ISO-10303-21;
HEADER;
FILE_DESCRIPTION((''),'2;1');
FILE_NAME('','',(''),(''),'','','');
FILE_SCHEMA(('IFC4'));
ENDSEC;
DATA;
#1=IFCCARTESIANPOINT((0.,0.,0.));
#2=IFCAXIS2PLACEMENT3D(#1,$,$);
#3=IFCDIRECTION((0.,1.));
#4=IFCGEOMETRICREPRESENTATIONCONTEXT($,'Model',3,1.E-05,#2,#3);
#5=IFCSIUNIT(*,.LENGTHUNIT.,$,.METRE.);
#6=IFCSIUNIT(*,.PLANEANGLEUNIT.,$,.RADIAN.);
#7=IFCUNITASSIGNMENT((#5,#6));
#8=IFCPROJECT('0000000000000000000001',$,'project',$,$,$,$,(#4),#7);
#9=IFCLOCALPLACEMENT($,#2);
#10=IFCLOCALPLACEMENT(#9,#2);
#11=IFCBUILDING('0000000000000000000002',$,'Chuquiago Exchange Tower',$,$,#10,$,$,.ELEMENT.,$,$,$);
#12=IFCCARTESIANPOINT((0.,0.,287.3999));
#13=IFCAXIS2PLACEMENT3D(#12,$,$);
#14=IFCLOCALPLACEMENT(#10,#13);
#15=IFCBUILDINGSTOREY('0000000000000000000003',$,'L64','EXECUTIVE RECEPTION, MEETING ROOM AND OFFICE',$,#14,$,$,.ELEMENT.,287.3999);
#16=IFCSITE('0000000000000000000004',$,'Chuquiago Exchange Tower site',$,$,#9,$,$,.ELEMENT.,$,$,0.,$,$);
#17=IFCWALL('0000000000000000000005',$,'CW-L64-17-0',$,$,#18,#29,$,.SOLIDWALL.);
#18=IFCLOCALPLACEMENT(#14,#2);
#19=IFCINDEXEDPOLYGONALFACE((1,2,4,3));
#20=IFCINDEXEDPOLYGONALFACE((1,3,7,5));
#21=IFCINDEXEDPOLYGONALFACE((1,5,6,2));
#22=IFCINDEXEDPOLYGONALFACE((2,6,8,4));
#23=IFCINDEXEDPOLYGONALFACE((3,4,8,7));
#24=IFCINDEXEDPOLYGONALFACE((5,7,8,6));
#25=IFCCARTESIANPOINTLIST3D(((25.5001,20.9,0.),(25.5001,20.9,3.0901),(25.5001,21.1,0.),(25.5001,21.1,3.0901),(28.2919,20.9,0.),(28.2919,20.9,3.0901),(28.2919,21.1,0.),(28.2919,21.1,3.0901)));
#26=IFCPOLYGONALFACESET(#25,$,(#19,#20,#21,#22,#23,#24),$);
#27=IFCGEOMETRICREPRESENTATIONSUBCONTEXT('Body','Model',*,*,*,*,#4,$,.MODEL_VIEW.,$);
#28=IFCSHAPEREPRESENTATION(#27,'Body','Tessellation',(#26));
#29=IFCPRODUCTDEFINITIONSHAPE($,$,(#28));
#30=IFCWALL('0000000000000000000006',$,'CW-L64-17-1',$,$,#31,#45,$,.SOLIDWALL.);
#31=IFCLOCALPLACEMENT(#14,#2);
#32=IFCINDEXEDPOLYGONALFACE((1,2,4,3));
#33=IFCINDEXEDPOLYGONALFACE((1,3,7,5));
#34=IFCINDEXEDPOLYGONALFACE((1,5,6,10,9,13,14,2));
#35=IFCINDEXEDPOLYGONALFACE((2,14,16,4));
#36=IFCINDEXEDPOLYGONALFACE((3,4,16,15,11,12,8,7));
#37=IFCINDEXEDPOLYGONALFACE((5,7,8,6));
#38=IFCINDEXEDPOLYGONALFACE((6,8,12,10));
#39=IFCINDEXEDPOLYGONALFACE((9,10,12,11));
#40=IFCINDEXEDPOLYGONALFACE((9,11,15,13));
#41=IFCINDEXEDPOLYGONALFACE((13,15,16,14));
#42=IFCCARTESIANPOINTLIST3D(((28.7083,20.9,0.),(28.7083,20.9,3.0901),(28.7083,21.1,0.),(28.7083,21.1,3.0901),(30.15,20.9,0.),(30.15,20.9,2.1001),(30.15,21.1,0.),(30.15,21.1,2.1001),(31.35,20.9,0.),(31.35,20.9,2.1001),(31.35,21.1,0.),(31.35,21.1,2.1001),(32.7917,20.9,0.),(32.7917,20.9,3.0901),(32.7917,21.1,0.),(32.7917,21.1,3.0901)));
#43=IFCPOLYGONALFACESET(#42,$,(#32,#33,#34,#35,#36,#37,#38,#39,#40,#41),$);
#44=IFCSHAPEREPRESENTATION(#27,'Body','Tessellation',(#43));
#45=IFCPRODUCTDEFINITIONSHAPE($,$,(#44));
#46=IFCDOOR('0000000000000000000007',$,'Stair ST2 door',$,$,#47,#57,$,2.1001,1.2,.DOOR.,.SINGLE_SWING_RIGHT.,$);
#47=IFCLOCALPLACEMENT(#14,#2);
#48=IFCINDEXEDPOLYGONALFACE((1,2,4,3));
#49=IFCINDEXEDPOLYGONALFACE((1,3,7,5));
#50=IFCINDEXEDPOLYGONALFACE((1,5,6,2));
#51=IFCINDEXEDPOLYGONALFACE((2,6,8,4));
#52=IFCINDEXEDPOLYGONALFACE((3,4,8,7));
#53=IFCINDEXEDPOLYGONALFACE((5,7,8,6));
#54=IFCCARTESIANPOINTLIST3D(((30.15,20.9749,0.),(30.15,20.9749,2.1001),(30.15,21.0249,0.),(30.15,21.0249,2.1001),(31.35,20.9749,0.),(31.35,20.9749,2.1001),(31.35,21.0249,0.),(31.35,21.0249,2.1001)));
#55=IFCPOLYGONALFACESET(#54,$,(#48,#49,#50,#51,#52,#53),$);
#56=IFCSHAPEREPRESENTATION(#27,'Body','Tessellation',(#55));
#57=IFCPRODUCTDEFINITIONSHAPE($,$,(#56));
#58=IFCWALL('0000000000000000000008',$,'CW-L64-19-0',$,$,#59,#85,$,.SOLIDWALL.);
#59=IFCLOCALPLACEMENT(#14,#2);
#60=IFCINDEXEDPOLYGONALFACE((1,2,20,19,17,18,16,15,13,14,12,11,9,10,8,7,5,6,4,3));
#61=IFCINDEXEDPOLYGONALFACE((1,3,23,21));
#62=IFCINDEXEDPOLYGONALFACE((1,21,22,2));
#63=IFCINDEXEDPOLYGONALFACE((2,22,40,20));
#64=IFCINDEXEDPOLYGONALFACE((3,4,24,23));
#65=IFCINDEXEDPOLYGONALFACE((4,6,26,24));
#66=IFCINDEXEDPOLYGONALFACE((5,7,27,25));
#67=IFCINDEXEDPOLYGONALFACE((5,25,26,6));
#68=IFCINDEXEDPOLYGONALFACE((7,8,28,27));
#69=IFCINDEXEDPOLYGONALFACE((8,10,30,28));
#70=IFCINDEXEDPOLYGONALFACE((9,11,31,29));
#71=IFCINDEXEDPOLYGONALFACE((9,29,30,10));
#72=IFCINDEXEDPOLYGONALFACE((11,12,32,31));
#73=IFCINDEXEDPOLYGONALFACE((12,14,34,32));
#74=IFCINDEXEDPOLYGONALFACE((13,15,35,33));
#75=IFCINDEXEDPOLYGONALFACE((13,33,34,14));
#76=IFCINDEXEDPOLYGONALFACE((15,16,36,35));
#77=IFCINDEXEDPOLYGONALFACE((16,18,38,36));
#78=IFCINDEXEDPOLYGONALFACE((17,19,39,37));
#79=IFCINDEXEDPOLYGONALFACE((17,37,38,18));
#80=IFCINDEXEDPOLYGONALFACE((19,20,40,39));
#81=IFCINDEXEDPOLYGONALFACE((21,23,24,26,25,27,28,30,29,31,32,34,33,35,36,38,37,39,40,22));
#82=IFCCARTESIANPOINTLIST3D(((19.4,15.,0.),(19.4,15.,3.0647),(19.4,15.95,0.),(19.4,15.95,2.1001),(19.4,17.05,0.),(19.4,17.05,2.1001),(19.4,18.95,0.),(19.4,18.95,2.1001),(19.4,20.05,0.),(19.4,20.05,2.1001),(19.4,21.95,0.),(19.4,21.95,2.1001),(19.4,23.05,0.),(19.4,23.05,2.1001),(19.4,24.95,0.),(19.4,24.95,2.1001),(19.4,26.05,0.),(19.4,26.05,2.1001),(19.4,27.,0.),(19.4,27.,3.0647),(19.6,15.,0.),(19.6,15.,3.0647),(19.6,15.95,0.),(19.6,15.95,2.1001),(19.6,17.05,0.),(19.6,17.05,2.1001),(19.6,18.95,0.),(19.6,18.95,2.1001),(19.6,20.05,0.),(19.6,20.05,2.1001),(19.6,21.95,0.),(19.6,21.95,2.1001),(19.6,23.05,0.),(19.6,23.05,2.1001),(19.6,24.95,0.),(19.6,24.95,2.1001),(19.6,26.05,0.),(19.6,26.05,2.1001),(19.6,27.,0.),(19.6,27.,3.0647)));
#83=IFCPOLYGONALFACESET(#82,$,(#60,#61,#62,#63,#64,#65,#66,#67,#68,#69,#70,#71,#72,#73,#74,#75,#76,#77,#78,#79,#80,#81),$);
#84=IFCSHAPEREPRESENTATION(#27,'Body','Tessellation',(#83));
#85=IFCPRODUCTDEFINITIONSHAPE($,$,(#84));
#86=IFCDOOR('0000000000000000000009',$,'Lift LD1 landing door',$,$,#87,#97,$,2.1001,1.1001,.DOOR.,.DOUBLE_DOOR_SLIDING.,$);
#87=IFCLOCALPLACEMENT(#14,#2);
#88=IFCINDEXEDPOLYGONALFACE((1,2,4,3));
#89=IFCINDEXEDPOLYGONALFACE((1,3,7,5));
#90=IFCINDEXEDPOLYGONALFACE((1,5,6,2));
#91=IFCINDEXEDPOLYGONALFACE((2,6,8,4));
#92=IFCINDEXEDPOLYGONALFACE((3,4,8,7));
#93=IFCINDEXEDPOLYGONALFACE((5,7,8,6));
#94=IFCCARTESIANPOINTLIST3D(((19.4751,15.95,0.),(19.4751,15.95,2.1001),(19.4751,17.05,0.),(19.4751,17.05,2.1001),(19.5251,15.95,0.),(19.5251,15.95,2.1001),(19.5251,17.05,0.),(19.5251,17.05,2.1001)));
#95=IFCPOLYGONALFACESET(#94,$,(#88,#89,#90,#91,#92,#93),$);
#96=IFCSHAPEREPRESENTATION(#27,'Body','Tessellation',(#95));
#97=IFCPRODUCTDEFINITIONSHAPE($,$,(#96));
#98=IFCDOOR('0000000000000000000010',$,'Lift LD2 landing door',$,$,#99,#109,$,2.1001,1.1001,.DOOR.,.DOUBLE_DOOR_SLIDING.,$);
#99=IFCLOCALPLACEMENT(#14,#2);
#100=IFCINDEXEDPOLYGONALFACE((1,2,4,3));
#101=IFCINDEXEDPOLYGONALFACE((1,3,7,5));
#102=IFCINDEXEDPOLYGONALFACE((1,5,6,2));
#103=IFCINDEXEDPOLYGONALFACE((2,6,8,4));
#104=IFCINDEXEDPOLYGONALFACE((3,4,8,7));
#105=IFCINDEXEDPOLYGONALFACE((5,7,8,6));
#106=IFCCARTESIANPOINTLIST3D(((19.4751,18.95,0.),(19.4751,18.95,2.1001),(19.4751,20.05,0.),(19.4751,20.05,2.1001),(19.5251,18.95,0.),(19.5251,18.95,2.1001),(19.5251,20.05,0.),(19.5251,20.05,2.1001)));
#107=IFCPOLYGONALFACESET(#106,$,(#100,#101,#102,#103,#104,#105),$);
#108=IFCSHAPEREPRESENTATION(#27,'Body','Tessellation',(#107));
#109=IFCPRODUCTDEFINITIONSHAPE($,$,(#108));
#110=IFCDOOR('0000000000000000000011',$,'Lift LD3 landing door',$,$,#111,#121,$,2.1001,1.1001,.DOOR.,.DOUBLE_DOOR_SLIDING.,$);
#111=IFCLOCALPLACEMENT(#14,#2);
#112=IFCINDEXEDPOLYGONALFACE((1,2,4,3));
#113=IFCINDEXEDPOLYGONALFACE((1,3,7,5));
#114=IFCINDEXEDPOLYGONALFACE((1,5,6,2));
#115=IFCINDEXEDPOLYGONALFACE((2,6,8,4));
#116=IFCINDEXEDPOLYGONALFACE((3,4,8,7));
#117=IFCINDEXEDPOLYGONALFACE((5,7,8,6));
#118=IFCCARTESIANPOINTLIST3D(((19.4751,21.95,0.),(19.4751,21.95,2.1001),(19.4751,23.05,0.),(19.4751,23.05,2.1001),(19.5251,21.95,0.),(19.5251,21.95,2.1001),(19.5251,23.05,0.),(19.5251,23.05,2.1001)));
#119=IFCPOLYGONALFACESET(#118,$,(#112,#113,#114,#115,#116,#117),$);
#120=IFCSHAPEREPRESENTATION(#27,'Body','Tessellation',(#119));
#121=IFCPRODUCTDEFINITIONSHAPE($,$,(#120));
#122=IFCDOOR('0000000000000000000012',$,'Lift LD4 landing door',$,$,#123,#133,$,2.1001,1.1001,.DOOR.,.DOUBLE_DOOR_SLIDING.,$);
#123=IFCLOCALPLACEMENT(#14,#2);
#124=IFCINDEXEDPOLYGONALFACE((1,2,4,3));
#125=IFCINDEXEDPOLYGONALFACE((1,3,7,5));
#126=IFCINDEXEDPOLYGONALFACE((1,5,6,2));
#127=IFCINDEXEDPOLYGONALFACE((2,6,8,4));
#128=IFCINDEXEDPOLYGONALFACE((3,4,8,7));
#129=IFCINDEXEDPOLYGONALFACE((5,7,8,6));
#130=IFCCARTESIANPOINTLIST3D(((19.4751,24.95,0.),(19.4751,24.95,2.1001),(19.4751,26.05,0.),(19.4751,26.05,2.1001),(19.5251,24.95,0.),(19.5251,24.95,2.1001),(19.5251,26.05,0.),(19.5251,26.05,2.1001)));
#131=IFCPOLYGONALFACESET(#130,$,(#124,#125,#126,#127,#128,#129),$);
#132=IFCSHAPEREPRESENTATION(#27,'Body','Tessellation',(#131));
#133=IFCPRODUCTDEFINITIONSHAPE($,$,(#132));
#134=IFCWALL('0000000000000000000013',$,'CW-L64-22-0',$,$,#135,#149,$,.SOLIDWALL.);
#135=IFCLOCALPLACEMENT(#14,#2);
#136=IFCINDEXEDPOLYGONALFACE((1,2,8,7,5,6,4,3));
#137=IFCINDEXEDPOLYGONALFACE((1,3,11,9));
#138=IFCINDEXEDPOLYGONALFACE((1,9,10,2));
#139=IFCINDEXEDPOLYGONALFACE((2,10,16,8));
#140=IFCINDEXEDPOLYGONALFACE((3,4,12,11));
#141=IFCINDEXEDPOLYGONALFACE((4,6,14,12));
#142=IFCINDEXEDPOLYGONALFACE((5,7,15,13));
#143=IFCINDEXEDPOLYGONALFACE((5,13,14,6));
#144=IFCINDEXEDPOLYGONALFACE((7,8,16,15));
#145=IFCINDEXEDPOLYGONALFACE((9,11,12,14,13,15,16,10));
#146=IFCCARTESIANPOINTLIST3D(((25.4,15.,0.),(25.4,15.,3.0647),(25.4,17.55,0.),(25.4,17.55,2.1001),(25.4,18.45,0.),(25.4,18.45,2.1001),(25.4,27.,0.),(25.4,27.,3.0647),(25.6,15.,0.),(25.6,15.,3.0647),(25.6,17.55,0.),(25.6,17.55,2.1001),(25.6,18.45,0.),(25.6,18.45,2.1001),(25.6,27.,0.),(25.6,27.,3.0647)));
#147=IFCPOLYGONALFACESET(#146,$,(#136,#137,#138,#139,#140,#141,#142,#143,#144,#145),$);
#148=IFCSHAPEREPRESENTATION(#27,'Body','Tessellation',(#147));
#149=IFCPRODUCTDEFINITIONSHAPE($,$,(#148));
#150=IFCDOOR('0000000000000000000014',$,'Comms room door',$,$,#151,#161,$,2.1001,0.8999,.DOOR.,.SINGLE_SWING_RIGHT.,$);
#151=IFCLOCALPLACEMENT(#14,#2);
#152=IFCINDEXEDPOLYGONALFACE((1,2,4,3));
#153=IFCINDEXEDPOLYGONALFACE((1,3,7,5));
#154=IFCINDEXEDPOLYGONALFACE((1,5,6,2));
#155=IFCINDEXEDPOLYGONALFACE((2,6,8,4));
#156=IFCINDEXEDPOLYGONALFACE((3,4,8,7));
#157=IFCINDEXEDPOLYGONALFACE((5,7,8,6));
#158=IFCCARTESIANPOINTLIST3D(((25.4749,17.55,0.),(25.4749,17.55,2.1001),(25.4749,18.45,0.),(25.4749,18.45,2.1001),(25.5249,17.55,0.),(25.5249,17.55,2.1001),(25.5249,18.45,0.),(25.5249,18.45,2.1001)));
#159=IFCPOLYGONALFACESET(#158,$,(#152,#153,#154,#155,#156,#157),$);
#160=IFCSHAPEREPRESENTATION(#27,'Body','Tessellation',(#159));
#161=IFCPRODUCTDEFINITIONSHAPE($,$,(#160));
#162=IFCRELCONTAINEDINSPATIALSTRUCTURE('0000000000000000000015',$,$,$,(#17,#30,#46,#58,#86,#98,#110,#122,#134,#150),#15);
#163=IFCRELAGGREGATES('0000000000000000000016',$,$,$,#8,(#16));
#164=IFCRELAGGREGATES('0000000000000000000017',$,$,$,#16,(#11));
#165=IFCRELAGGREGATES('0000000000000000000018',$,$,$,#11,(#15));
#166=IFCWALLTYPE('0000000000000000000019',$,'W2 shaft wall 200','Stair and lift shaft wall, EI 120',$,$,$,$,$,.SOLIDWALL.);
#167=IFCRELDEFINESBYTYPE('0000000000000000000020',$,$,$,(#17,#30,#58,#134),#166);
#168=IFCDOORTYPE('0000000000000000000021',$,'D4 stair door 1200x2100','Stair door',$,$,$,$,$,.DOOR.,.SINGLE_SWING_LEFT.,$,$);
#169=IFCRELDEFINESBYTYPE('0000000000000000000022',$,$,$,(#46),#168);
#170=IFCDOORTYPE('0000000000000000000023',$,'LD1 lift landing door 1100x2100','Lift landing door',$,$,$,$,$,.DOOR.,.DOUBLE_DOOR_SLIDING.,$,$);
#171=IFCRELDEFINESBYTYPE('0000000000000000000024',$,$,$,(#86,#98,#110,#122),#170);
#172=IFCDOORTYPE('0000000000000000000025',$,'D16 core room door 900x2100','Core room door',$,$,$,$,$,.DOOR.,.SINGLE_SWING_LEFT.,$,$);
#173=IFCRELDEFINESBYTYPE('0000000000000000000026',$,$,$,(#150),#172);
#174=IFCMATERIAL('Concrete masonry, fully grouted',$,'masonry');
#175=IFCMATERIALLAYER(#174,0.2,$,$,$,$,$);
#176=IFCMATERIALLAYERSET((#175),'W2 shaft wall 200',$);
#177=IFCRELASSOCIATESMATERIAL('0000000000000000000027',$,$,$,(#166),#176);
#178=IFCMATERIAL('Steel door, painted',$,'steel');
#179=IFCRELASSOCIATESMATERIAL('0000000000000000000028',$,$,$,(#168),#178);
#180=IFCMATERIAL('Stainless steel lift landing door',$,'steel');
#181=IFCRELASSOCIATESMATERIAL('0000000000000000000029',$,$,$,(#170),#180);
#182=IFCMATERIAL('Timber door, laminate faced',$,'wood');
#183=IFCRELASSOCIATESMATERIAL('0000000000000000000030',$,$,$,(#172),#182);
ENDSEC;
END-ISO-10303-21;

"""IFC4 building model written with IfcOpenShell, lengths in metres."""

from ifc_helpers import new_model, si_unit, direction, frame, frame_2d, origin, place, context, subcontext, project, spatial, rectangle, extrude, material, layer, layer_set, type_object, element, fill, save


model = new_model("IFC4")

# Units and contexts
model_context = context("Model", 3, precision=1e-05, world=origin(), true_north=direction((0.0, 1.0)))
body_context = subcontext(model_context, "Body", "Model", "MODEL_VIEW")
ifc_project = project(units=[si_unit("LENGTHUNIT", "METRE"), si_unit("PLANEANGLEUNIT", "RADIAN")], contexts=[model_context])

# Site, building, storey
site_placement = place(None, origin())
site = spatial("IfcSite", under=ifc_project, at=site_placement, Name="Chuquiago Exchange Tower site", CompositionType="ELEMENT", RefElevation=0.0)
building_placement = place(site_placement, origin())
building = spatial("IfcBuilding", under=site, at=building_placement, Name="Chuquiago Exchange Tower", CompositionType="ELEMENT")
storey_placement = place(building_placement, frame((0.0, 0.0, 287.3999)))
storey = spatial("IfcBuildingStorey", under=building, at=storey_placement, Name="L64", Description="EXECUTIVE RECEPTION, MEETING ROOM AND OFFICE", CompositionType="ELEMENT", Elevation=287.3999)

# Shared definitions
ifc_material_1 = material(Name="Concrete masonry, fully grouted", Category="masonry")
ifc_layer = layer(ifc_material_1, 0.2)
ifc_layer_set = layer_set([ifc_layer], Name="W2 shaft wall 200")
wall_type = type_object("IfcWallType", Name="W2 shaft wall 200", Description="Stair and lift shaft wall, EI 120", PredefinedType="SOLIDWALL", material=ifc_layer_set)

# Wall
wall_1_placement = place(storey_placement, frame((25.5, 21.0, 0.0), z_axis=(0.0, 0.0, 1.0), x_axis=(1.0, 0.0, 0.0)))
element("IfcWall", 1, at=wall_1_placement, inside=storey, type_object=wall_type, Name="CW-L64-17-0", PredefinedType="SOLIDWALL", context=body_context, shape_type="SweptSolid", body=[
    extrude(rectangle(XDim=2.7917, YDim=0.2, at=frame_2d((1.396, 0.0))), origin(), (0.0, 0.0, 1.0), 3.0901),
])

# Wall, opening, door
wall_2_placement = place(storey_placement, frame((28.7083, 21.0, 0.0), z_axis=(0.0, 0.0, 1.0), x_axis=(1.0, 0.0, 0.0)))
wall_2 = element("IfcWall", 2, at=wall_2_placement, inside=storey, type_object=wall_type, Name="CW-L64-17-1", PredefinedType="SOLIDWALL", context=body_context, shape_type="SweptSolid", body=[
    extrude(rectangle(XDim=4.0835, YDim=0.2, at=frame_2d((2.0417, 0.0))), origin(), (0.0, 0.0, 1.0), 3.0901),
])
opening_1_placement = place(wall_2_placement, frame((1.4417, 0.0, 0.0)))
opening_1 = element("IfcOpeningElement", 3, at=opening_1_placement, cuts=wall_2, PredefinedType="OPENING", context=body_context, shape_type="SweptSolid", body=[
    extrude(rectangle(XDim=1.2, YDim=2.1001, at=frame_2d((0.6001, 1.05))), frame((0.0, 0.1099, 0.0), z_axis=(0.0, -1.0, 0.0), x_axis=(1.0, 0.0, 0.0)), (0.0, 0.0, 1.0), 0.22),
])
ifc_material_2 = material(Name="Steel door, painted", Category="steel")
door_type_1 = type_object("IfcDoorType", Name="D4 stair door 1200x2100", Description="Stair door", OperationType="SINGLE_SWING_LEFT", PredefinedType="DOOR", material=ifc_material_2)
door_1_placement = place(opening_1_placement, origin())
door_1 = element("IfcDoor", 4, at=door_1_placement, inside=storey, type_object=door_type_1, Name="Stair ST2 door", OperationType="SINGLE_SWING_RIGHT", OverallHeight=2.1001, OverallWidth=1.2, PredefinedType="DOOR", context=body_context, shape_type="SweptSolid", body=[
    extrude(rectangle(XDim=1.2, YDim=2.1001, at=frame_2d((0.6001, 1.05))), frame((0.0, 0.0249, 0.0), z_axis=(0.0, -1.0, 0.0), x_axis=(1.0, 0.0, 0.0)), (0.0, 0.0, 1.0), 0.05),
])
fill(opening_1, door_1)

# Wall, openings, doors
wall_3_placement = place(storey_placement, frame((19.5, 15.0, 0.0), z_axis=(0.0, 0.0, 1.0), x_axis=(0.0, 1.0, 0.0)))
wall_3 = element("IfcWall", 5, at=wall_3_placement, inside=storey, type_object=wall_type, Name="CW-L64-19-0", PredefinedType="SOLIDWALL", context=body_context, shape_type="SweptSolid", body=[
    extrude(rectangle(XDim=12.0, YDim=0.2, at=frame_2d((6.0, 0.0))), origin(), (0.0, 0.0, 1.0), 3.0647),
])
opening_2_placement = place(wall_3_placement, frame((0.95, 0.0, 0.0)))
opening_2 = element("IfcOpeningElement", 6, at=opening_2_placement, cuts=wall_3, PredefinedType="OPENING", context=body_context, shape_type="SweptSolid", body=[
    extrude(rectangle(XDim=1.1001, YDim=2.1001, at=frame_2d((0.55, 1.05))), frame((0.0, 0.1099, 0.0), z_axis=(0.0, -1.0, 0.0), x_axis=(1.0, 0.0, 0.0)), (0.0, 0.0, 1.0), 0.22),
])
opening_3_placement = place(wall_3_placement, frame((3.95, 0.0, 0.0)))
opening_3 = element("IfcOpeningElement", 7, at=opening_3_placement, cuts=wall_3, PredefinedType="OPENING", context=body_context, shape_type="SweptSolid", body=[
    extrude(rectangle(XDim=1.1001, YDim=2.1001, at=frame_2d((0.55, 1.05))), frame((0.0, 0.1099, 0.0), z_axis=(0.0, -1.0, 0.0), x_axis=(1.0, 0.0, 0.0)), (0.0, 0.0, 1.0), 0.22),
])
opening_4_placement = place(wall_3_placement, frame((6.95, 0.0, 0.0)))
opening_4 = element("IfcOpeningElement", 8, at=opening_4_placement, cuts=wall_3, PredefinedType="OPENING", context=body_context, shape_type="SweptSolid", body=[
    extrude(rectangle(XDim=1.1001, YDim=2.1001, at=frame_2d((0.55, 1.05))), frame((0.0, 0.1099, 0.0), z_axis=(0.0, -1.0, 0.0), x_axis=(1.0, 0.0, 0.0)), (0.0, 0.0, 1.0), 0.22),
])
opening_5_placement = place(wall_3_placement, frame((9.95, 0.0, 0.0)))
opening_5 = element("IfcOpeningElement", 9, at=opening_5_placement, cuts=wall_3, PredefinedType="OPENING", context=body_context, shape_type="SweptSolid", body=[
    extrude(rectangle(XDim=1.1001, YDim=2.1001, at=frame_2d((0.55, 1.05))), frame((0.0, 0.1099, 0.0), z_axis=(0.0, -1.0, 0.0), x_axis=(1.0, 0.0, 0.0)), (0.0, 0.0, 1.0), 0.22),
])
ifc_material_3 = material(Name="Stainless steel lift landing door", Category="steel")
door_type_2 = type_object("IfcDoorType", Name="LD1 lift landing door 1100x2100", Description="Lift landing door", OperationType="DOUBLE_DOOR_SLIDING", PredefinedType="DOOR", material=ifc_material_3)
door_2_placement = place(opening_2_placement, origin())
door_2 = element("IfcDoor", 10, at=door_2_placement, inside=storey, type_object=door_type_2, Name="Lift LD1 landing door", OperationType="DOUBLE_DOOR_SLIDING", OverallHeight=2.1001, OverallWidth=1.1001, PredefinedType="DOOR", context=body_context, shape_type="SweptSolid", body=[
    extrude(rectangle(XDim=1.1001, YDim=2.1001, at=frame_2d((0.55, 1.05))), frame((0.0, 0.0249, 0.0), z_axis=(0.0, -1.0, 0.0), x_axis=(1.0, 0.0, 0.0)), (0.0, 0.0, 1.0), 0.05),
])
fill(opening_2, door_2)
door_3_placement = place(opening_3_placement, origin())
door_3 = element("IfcDoor", 11, at=door_3_placement, inside=storey, type_object=door_type_2, Name="Lift LD2 landing door", OperationType="DOUBLE_DOOR_SLIDING", OverallHeight=2.1001, OverallWidth=1.1001, PredefinedType="DOOR", context=body_context, shape_type="SweptSolid", body=[
    extrude(rectangle(XDim=1.1001, YDim=2.1001, at=frame_2d((0.55, 1.05))), frame((0.0, 0.0249, 0.0), z_axis=(0.0, -1.0, 0.0), x_axis=(1.0, 0.0, 0.0)), (0.0, 0.0, 1.0), 0.05),
])
fill(opening_3, door_3)
door_4_placement = place(opening_4_placement, origin())
door_4 = element("IfcDoor", 12, at=door_4_placement, inside=storey, type_object=door_type_2, Name="Lift LD3 landing door", OperationType="DOUBLE_DOOR_SLIDING", OverallHeight=2.1001, OverallWidth=1.1001, PredefinedType="DOOR", context=body_context, shape_type="SweptSolid", body=[
    extrude(rectangle(XDim=1.1001, YDim=2.1001, at=frame_2d((0.55, 1.05))), frame((0.0, 0.0249, 0.0), z_axis=(0.0, -1.0, 0.0), x_axis=(1.0, 0.0, 0.0)), (0.0, 0.0, 1.0), 0.05),
])
fill(opening_4, door_4)
door_5_placement = place(opening_5_placement, origin())
door_5 = element("IfcDoor", 13, at=door_5_placement, inside=storey, type_object=door_type_2, Name="Lift LD4 landing door", OperationType="DOUBLE_DOOR_SLIDING", OverallHeight=2.1001, OverallWidth=1.1001, PredefinedType="DOOR", context=body_context, shape_type="SweptSolid", body=[
    extrude(rectangle(XDim=1.1001, YDim=2.1001, at=frame_2d((0.55, 1.05))), frame((0.0, 0.0249, 0.0), z_axis=(0.0, -1.0, 0.0), x_axis=(1.0, 0.0, 0.0)), (0.0, 0.0, 1.0), 0.05),
])
fill(opening_5, door_5)

# Wall, opening, door
wall_4_placement = place(storey_placement, frame((25.5, 15.0, 0.0), z_axis=(0.0, 0.0, 1.0), x_axis=(0.0, 1.0, 0.0)))
wall_4 = element("IfcWall", 14, at=wall_4_placement, inside=storey, type_object=wall_type, Name="CW-L64-22-0", PredefinedType="SOLIDWALL", context=body_context, shape_type="SweptSolid", body=[
    extrude(rectangle(XDim=12.0, YDim=0.2, at=frame_2d((6.0, 0.0))), origin(), (0.0, 0.0, 1.0), 3.0647),
])
opening_6_placement = place(wall_4_placement, frame((2.55, 0.0, 0.0)))
opening_6 = element("IfcOpeningElement", 15, at=opening_6_placement, cuts=wall_4, PredefinedType="OPENING", context=body_context, shape_type="SweptSolid", body=[
    extrude(rectangle(XDim=0.8999, YDim=2.1001, at=frame_2d((0.45, 1.05))), frame((0.0, 0.1099, 0.0), z_axis=(0.0, -1.0, 0.0), x_axis=(1.0, 0.0, 0.0)), (0.0, 0.0, 1.0), 0.22),
])
ifc_material_4 = material(Name="Timber door, laminate faced", Category="wood")
door_type_3 = type_object("IfcDoorType", Name="D16 core room door 900x2100", Description="Core room door", OperationType="SINGLE_SWING_LEFT", PredefinedType="DOOR", material=ifc_material_4)
door_6_placement = place(opening_6_placement, frame((0.8999, 0.0, 0.0), z_axis=(0.0, 0.0, 1.0), x_axis=(-1.0, 0.0, 0.0)))
door_6 = element("IfcDoor", 16, at=door_6_placement, inside=storey, type_object=door_type_3, Name="Comms room door", OperationType="SINGLE_SWING_RIGHT", OverallHeight=2.1001, OverallWidth=0.8999, PredefinedType="DOOR", context=body_context, shape_type="SweptSolid", body=[
    extrude(rectangle(XDim=0.8999, YDim=2.1001, at=frame_2d((0.45, 1.05))), frame((0.0, 0.0249, 0.0), z_axis=(0.0, -1.0, 0.0), x_axis=(1.0, 0.0, 0.0)), (0.0, 0.0, 1.0), 0.05),
])
fill(opening_6, door_6)

save(model, "model.ifc")
